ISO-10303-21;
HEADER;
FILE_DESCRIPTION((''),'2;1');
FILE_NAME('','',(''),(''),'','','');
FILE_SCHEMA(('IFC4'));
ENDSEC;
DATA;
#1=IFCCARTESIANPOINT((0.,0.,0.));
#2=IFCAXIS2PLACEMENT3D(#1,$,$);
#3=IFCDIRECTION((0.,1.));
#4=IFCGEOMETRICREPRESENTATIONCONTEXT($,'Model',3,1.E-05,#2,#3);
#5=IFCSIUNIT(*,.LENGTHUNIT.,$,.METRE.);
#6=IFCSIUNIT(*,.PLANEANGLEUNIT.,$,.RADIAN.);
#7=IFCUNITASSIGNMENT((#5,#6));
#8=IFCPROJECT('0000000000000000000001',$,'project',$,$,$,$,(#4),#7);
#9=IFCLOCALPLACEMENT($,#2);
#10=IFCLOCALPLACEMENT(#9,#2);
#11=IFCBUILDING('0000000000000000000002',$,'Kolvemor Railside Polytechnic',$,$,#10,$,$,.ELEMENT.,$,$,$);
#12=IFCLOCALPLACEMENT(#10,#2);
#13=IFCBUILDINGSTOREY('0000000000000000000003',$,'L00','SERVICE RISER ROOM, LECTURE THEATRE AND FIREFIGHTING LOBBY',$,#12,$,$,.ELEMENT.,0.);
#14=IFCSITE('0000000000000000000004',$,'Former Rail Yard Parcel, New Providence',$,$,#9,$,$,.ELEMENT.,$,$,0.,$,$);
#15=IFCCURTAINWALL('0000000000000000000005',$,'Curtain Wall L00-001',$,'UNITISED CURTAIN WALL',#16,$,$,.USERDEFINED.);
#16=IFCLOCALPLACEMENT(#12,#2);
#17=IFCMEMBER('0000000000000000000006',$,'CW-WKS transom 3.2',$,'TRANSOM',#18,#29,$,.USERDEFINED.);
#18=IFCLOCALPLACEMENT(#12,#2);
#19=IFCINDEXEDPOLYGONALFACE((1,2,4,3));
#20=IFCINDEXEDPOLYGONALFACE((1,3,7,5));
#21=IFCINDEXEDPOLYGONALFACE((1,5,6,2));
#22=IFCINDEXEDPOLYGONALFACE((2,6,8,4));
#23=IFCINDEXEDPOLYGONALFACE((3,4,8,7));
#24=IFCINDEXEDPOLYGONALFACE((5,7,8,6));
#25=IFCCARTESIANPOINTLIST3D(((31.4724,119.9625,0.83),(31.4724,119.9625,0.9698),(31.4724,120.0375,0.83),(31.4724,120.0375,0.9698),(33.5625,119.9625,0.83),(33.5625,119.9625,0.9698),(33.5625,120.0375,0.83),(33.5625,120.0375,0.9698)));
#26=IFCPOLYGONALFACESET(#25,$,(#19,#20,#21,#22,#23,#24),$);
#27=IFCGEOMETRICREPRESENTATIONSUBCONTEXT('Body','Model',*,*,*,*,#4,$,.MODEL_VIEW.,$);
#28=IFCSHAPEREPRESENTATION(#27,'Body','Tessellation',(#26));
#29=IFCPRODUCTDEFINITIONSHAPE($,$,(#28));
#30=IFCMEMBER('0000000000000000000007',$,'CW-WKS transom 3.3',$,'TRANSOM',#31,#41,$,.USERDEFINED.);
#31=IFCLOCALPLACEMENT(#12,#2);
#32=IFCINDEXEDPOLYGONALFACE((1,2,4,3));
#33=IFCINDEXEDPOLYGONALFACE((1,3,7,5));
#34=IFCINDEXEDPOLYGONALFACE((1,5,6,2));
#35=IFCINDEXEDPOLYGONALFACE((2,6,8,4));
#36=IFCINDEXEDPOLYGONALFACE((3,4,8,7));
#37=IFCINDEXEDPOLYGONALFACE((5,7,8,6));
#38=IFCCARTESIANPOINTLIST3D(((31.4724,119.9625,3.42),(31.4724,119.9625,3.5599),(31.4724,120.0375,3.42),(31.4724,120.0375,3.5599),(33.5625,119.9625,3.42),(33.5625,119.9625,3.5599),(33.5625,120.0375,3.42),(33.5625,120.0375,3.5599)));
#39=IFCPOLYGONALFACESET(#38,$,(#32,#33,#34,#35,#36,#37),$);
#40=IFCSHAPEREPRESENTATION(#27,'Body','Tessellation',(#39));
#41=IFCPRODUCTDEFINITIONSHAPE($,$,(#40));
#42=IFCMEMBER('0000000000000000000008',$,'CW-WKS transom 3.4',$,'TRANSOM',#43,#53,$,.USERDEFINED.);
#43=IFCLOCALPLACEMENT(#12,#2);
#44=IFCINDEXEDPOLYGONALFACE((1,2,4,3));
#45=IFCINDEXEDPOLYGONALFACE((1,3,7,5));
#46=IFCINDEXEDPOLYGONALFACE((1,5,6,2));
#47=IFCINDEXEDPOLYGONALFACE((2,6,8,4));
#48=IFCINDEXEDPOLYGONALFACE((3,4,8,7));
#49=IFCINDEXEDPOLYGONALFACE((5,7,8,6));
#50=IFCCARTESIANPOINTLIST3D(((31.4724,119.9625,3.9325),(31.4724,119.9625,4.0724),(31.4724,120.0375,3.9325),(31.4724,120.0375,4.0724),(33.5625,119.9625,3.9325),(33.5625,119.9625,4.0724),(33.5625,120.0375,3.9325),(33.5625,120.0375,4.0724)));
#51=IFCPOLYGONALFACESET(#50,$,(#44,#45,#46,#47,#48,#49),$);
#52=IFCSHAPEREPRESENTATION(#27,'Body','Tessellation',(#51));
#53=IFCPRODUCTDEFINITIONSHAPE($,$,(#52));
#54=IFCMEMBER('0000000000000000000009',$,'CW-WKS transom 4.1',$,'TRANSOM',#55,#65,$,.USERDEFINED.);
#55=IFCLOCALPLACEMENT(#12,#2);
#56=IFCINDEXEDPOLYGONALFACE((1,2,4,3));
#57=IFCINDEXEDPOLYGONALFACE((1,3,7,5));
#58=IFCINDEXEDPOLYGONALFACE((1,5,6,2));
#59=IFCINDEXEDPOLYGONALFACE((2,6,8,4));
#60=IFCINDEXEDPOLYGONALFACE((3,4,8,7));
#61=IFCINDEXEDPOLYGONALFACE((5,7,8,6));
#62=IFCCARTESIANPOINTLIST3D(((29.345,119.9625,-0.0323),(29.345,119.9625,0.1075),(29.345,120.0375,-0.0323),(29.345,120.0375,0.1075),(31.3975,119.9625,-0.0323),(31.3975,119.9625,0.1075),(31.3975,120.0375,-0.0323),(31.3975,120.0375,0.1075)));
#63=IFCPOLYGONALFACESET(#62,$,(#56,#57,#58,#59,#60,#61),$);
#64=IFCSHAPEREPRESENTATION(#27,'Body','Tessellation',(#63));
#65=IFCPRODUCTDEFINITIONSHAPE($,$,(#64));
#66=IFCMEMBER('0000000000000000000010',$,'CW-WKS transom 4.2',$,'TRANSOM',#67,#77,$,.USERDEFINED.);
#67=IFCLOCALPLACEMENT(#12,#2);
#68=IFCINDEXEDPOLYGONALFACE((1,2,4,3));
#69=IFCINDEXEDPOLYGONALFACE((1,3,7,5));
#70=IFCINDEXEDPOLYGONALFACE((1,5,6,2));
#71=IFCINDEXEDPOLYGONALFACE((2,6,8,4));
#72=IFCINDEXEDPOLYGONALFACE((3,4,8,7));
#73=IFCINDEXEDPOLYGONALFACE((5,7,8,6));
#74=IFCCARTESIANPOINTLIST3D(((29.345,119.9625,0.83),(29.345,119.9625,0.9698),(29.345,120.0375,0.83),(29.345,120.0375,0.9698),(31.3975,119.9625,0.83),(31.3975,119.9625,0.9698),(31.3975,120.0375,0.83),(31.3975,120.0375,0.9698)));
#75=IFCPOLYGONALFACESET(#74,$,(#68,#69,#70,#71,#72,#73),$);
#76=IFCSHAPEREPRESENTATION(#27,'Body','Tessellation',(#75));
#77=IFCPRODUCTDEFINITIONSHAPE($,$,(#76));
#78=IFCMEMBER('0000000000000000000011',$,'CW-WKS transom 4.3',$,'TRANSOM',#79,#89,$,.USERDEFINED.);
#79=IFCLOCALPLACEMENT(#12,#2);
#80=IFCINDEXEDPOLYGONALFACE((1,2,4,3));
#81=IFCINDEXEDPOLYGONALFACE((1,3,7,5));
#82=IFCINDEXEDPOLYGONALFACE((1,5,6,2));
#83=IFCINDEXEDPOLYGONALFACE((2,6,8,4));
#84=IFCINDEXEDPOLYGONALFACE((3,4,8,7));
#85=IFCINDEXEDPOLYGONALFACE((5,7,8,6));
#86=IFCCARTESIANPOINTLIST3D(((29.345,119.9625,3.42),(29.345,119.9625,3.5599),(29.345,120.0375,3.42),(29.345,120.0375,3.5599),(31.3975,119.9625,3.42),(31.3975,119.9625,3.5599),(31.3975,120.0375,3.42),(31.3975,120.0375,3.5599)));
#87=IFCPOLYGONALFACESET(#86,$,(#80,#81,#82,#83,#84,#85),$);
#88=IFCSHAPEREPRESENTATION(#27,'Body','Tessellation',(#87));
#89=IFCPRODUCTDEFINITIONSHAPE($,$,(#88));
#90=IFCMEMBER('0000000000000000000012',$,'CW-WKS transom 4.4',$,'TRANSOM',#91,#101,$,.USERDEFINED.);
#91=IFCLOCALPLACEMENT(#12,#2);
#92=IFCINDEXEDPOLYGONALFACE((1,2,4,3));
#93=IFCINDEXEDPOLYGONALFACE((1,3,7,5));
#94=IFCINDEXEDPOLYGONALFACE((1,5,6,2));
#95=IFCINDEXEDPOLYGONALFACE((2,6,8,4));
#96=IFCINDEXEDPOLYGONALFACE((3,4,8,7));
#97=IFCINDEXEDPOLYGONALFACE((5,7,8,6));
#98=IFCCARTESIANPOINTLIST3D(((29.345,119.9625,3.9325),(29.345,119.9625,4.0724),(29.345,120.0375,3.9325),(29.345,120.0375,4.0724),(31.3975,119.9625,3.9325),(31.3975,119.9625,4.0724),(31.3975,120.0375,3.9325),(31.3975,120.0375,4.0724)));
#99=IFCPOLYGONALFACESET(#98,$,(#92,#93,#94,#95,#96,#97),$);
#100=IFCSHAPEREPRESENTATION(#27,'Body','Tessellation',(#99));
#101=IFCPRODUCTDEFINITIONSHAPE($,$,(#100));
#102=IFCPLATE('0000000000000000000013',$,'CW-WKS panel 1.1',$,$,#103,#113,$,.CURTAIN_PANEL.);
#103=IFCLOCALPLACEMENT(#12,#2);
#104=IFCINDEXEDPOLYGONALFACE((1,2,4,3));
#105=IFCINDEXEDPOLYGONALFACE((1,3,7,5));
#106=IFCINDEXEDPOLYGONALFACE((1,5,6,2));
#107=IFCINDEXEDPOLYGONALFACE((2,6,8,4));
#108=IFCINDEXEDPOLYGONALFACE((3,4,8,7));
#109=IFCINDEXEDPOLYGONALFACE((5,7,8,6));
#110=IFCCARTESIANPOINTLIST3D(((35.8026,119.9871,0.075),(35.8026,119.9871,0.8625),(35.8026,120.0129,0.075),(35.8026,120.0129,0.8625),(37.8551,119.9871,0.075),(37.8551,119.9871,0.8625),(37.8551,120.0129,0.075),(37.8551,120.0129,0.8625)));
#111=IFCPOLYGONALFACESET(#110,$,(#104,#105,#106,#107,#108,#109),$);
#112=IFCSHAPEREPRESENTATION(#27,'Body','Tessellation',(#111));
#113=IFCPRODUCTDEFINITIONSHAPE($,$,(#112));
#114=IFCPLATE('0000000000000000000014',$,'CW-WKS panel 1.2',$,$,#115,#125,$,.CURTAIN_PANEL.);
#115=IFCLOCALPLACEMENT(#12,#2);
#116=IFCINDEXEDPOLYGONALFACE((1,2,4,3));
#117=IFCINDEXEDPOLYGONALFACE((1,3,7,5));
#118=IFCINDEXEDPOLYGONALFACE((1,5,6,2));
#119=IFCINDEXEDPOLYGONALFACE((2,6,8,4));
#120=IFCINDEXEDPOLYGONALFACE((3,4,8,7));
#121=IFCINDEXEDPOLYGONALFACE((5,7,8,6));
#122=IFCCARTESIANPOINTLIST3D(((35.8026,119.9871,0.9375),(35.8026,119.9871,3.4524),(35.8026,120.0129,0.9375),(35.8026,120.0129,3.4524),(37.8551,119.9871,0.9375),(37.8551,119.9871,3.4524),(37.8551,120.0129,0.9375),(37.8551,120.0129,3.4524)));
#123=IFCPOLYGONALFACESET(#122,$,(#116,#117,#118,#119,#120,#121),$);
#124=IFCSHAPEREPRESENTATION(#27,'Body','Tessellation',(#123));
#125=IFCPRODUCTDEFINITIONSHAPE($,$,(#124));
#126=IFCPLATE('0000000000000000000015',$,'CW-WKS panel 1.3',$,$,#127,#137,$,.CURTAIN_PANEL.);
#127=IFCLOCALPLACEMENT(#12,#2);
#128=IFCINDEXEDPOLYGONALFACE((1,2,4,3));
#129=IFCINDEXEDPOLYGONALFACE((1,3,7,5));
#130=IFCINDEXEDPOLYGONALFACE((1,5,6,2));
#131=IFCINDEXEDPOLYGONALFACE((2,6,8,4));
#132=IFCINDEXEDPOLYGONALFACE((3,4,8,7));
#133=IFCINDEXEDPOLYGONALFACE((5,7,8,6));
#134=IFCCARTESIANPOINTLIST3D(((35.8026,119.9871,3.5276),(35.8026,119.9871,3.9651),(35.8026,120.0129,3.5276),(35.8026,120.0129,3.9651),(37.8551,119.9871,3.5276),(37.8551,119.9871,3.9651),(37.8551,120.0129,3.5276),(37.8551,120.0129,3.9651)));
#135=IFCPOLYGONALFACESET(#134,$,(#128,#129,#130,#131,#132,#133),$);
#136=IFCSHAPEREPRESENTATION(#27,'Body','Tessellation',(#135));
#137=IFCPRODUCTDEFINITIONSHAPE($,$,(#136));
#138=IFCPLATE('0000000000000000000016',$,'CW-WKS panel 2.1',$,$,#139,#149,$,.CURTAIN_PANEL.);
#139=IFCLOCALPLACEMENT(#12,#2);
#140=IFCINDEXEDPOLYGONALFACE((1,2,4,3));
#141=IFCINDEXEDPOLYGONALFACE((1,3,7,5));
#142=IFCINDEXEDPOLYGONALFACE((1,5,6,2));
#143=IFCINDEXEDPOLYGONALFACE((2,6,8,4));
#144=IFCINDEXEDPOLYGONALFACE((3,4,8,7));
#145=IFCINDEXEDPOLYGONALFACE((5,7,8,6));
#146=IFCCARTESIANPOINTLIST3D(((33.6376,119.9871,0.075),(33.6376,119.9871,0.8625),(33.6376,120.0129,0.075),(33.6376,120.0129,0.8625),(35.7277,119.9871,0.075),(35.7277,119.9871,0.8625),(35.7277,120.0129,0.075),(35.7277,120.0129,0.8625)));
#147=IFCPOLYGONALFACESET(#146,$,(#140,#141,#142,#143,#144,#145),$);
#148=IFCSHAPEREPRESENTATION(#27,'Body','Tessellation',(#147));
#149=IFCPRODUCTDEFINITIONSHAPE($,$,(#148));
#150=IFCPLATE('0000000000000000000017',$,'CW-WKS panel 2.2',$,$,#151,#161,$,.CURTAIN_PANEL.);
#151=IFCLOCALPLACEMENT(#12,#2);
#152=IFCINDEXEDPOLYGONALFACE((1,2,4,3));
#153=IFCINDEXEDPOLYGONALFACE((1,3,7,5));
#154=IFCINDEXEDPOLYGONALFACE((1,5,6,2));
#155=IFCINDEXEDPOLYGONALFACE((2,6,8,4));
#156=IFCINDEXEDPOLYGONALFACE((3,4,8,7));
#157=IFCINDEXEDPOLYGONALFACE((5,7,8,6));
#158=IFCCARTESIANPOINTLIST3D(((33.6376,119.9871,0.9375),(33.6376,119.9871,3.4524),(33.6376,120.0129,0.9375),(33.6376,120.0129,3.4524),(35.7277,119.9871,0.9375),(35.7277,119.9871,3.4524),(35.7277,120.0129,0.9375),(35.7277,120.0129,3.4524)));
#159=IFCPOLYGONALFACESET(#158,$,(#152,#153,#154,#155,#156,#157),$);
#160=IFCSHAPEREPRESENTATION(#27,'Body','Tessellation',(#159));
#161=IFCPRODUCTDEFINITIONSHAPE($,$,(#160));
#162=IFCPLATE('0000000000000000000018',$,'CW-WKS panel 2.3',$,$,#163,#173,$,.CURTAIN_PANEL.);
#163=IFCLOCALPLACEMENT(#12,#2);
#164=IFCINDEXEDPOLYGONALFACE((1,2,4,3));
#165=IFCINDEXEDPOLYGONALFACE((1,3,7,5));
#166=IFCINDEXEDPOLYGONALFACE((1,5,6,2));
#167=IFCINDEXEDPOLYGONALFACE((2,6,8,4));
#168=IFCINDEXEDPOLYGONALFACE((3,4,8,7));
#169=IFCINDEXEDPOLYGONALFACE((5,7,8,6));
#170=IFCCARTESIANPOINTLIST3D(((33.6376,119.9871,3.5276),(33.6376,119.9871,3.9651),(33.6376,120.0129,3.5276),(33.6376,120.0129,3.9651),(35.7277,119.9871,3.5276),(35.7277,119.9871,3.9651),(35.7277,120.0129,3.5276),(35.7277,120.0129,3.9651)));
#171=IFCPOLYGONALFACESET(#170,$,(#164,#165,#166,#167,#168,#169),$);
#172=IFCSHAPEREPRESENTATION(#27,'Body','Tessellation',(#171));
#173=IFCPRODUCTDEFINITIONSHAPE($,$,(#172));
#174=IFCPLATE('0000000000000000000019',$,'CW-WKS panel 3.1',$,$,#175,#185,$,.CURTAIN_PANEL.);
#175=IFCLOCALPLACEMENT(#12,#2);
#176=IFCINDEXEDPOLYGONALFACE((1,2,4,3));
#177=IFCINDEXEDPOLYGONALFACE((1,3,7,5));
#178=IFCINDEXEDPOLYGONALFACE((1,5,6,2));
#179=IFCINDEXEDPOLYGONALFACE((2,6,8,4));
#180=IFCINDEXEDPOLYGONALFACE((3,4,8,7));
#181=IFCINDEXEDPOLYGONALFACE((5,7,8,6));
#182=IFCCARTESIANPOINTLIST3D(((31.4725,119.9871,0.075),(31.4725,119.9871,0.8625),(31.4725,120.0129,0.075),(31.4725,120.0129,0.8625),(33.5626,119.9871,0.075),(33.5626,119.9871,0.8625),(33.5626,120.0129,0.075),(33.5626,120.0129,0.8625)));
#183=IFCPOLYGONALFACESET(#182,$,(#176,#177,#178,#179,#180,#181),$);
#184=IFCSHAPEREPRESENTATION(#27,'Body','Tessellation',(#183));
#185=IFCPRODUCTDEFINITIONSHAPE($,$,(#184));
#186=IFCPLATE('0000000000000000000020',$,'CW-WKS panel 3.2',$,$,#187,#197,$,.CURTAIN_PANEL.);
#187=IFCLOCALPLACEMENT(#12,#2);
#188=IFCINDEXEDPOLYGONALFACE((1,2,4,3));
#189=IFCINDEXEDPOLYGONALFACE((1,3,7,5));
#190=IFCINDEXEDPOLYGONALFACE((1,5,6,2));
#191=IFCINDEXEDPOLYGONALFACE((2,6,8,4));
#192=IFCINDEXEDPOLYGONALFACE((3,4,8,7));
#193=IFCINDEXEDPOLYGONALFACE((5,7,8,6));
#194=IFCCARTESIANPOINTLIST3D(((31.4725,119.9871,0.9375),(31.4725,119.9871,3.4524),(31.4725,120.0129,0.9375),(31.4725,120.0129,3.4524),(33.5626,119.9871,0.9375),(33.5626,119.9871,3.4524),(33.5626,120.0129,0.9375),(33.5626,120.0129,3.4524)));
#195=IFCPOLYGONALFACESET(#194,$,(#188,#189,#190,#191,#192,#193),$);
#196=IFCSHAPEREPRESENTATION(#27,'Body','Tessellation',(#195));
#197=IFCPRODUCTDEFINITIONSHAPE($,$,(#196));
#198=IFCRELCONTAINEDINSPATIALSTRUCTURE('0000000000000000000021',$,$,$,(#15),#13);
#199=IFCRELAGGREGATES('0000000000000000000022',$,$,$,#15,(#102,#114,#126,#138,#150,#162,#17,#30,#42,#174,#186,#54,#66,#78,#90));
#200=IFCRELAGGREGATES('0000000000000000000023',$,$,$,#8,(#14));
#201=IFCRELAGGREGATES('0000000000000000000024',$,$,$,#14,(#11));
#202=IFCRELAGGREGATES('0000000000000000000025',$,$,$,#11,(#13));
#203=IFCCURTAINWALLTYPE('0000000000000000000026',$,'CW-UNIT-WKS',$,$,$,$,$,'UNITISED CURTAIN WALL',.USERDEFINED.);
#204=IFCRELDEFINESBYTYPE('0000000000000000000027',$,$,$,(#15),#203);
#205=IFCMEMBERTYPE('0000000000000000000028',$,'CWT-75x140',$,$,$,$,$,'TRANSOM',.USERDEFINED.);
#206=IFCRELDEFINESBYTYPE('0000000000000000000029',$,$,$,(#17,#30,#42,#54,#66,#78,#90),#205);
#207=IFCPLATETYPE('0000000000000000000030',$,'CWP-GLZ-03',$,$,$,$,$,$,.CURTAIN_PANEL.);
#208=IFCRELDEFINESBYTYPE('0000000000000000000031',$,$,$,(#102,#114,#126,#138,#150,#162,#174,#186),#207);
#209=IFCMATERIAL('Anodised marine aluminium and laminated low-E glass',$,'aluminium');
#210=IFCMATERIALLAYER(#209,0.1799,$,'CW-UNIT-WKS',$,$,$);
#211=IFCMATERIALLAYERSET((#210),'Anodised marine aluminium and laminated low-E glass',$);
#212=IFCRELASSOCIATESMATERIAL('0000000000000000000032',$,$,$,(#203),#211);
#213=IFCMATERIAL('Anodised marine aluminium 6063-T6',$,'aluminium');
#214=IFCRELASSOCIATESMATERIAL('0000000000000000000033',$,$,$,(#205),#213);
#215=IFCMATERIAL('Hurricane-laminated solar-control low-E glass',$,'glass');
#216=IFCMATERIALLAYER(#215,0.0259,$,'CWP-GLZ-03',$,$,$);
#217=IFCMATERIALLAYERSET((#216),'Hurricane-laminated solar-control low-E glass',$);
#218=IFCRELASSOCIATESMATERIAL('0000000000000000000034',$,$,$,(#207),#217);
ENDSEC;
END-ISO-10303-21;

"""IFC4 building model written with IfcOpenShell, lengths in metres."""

from ifc_helpers import new_model, si_unit, direction, frame, origin, origin_2d, place, context, subcontext, project, spatial, rectangle, extrude, material, layer, layer_set, material_profile, profile_set, type_object, element, aggregate, save


model = new_model("IFC4")

# Units and contexts
model_context = context("Model", 3, precision=1e-05, world=origin(), true_north=direction((0.0, 1.0)))
body_context = subcontext(model_context, "Body", "Model", "MODEL_VIEW")
ifc_project = project(units=[si_unit("LENGTHUNIT", "METRE"), si_unit("PLANEANGLEUNIT", "RADIAN")], contexts=[model_context])

# Site, building, storey
site_placement = place(None, origin())
site = spatial("IfcSite", under=ifc_project, at=site_placement, Name="Former Rail Yard Parcel, New Providence", CompositionType="ELEMENT", RefElevation=0.0)
building_placement = place(site_placement, origin())
building = spatial("IfcBuilding", under=site, at=building_placement, Name="Kolvemor Railside Polytechnic", CompositionType="ELEMENT")
storey_placement = place(building_placement, origin())
storey = spatial("IfcBuildingStorey", under=building, at=storey_placement, Name="L00", Description="SERVICE RISER ROOM, LECTURE THEATRE AND FIREFIGHTING LOBBY", CompositionType="ELEMENT", Elevation=0.0)

# Curtain wall, members, plates
ifc_material_1 = material(Name="Anodised marine aluminium and laminated low-E glass", Category="aluminium")
ifc_layer_1 = layer(ifc_material_1, 0.1799, Name="CW-UNIT-WKS")
ifc_layer_set_1 = layer_set([ifc_layer_1], Name="Anodised marine aluminium and laminated low-E glass")
curtain_wall_type = type_object("IfcCurtainWallType", Name="CW-UNIT-WKS", ElementType="UNITISED CURTAIN WALL", PredefinedType="USERDEFINED", material=ifc_layer_set_1)
curtain_wall_placement = place(storey_placement, origin())
curtain_wall = element("IfcCurtainWall", 1, at=curtain_wall_placement, inside=storey, type_object=curtain_wall_type, Name="Curtain Wall L00-001", ObjectType="UNITISED CURTAIN WALL", PredefinedType="USERDEFINED")
ifc_material_2 = material(Name="Anodised marine aluminium 6063-T6", Category="aluminium")
ifc_material_profile_1 = material_profile(ifc_material_2, rectangle(XDim=0.075, YDim=0.1399, at=origin_2d()), Name="CW-TRN-75x140")
ifc_profile_set_1 = profile_set([ifc_material_profile_1], Name="Anodised marine aluminium 6063-T6")
member_type_1 = type_object("IfcMemberType", Name="CWT-75x140", ElementType="TRANSOM", PredefinedType="USERDEFINED", material=ifc_profile_set_1)
member_1_placement = place(storey_placement, frame((33.5625, 120.0, 0.8999), z_axis=(-1.0, 0.0, 0.0), x_axis=(0.0, -1.0, 0.0)))
member_1 = element("IfcMember", 2, at=member_1_placement, type_object=member_type_1, Name="CW-WKS transom 3.2", ObjectType="TRANSOM", PredefinedType="USERDEFINED", context=body_context, shape_type="SweptSolid", body=[
    extrude(rectangle(XDim=0.075, YDim=0.1399, at=origin_2d()), origin(), (0.0, 0.0, 1.0), 2.0901),
])
member_2_placement = place(storey_placement, frame((33.5625, 120.0, 3.49), z_axis=(-1.0, 0.0, 0.0), x_axis=(0.0, -1.0, 0.0)))
member_2 = element("IfcMember", 3, at=member_2_placement, type_object=member_type_1, Name="CW-WKS transom 3.3", ObjectType="TRANSOM", PredefinedType="USERDEFINED", context=body_context, shape_type="SweptSolid", body=[
    extrude(rectangle(XDim=0.075, YDim=0.1399, at=origin_2d()), origin(), (0.0, 0.0, 1.0), 2.0901),
])
member_3_placement = place(storey_placement, frame((33.5625, 120.0, 4.0024), z_axis=(-1.0, 0.0, 0.0), x_axis=(0.0, -1.0, 0.0)))
member_3 = element("IfcMember", 4, at=member_3_placement, type_object=member_type_1, Name="CW-WKS transom 3.4", ObjectType="TRANSOM", PredefinedType="USERDEFINED", context=body_context, shape_type="SweptSolid", body=[
    extrude(rectangle(XDim=0.075, YDim=0.1399, at=origin_2d()), origin(), (0.0, 0.0, 1.0), 2.0901),
])
member_4_placement = place(storey_placement, frame((31.3975, 120.0, 0.0376), z_axis=(-1.0, 0.0, 0.0), x_axis=(0.0, -1.0, 0.0)))
member_4 = element("IfcMember", 5, at=member_4_placement, type_object=member_type_1, Name="CW-WKS transom 4.1", ObjectType="TRANSOM", PredefinedType="USERDEFINED", context=body_context, shape_type="SweptSolid", body=[
    extrude(rectangle(XDim=0.075, YDim=0.1399, at=origin_2d()), origin(), (0.0, 0.0, 1.0), 2.0525),
])
member_5_placement = place(storey_placement, frame((31.3975, 120.0, 0.8999), z_axis=(-1.0, 0.0, 0.0), x_axis=(0.0, -1.0, 0.0)))
member_5 = element("IfcMember", 6, at=member_5_placement, type_object=member_type_1, Name="CW-WKS transom 4.2", ObjectType="TRANSOM", PredefinedType="USERDEFINED", context=body_context, shape_type="SweptSolid", body=[
    extrude(rectangle(XDim=0.075, YDim=0.1399, at=origin_2d()), origin(), (0.0, 0.0, 1.0), 2.0525),
])
member_6_placement = place(storey_placement, frame((31.3975, 120.0, 3.49), z_axis=(-1.0, 0.0, 0.0), x_axis=(0.0, -1.0, 0.0)))
member_6 = element("IfcMember", 7, at=member_6_placement, type_object=member_type_1, Name="CW-WKS transom 4.3", ObjectType="TRANSOM", PredefinedType="USERDEFINED", context=body_context, shape_type="SweptSolid", body=[
    extrude(rectangle(XDim=0.075, YDim=0.1399, at=origin_2d()), origin(), (0.0, 0.0, 1.0), 2.0525),
])
member_7_placement = place(storey_placement, frame((31.3975, 120.0, 4.0024), z_axis=(-1.0, 0.0, 0.0), x_axis=(0.0, -1.0, 0.0)))
member_7 = element("IfcMember", 8, at=member_7_placement, type_object=member_type_1, Name="CW-WKS transom 4.4", ObjectType="TRANSOM", PredefinedType="USERDEFINED", context=body_context, shape_type="SweptSolid", body=[
    extrude(rectangle(XDim=0.075, YDim=0.1399, at=origin_2d()), origin(), (0.0, 0.0, 1.0), 2.0525),
])
ifc_material_3 = material(Name="Hurricane-laminated solar-control low-E glass", Category="glass")
ifc_layer_2 = layer(ifc_material_3, 0.0259, Name="CWP-GLZ-03")
ifc_layer_set_2 = layer_set([ifc_layer_2], Name="Hurricane-laminated solar-control low-E glass")
plate_type = type_object("IfcPlateType", Name="CWP-GLZ-03", PredefinedType="CURTAIN_PANEL", material=ifc_layer_set_2)
plate_1_placement = place(storey_placement, frame((36.8289, 120.0, 0.075), z_axis=(0.0, 0.0, 1.0), x_axis=(-1.0, 0.0, 0.0)))
plate_1 = element("IfcPlate", 9, at=plate_1_placement, type_object=plate_type, Name="CW-WKS panel 1.1", PredefinedType="CURTAIN_PANEL", context=body_context, shape_type="SweptSolid", body=[
    extrude(rectangle(XDim=2.0525, YDim=0.0259, at=origin_2d()), origin(), (0.0, 0.0, 1.0), 0.7876),
])
plate_2_placement = place(storey_placement, frame((36.8289, 120.0, 0.9375), z_axis=(0.0, 0.0, 1.0), x_axis=(-1.0, 0.0, 0.0)))
plate_2 = element("IfcPlate", 10, at=plate_2_placement, type_object=plate_type, Name="CW-WKS panel 1.2", PredefinedType="CURTAIN_PANEL", context=body_context, shape_type="SweptSolid", body=[
    extrude(rectangle(XDim=2.0525, YDim=0.0259, at=origin_2d()), origin(), (0.0, 0.0, 1.0), 2.5149),
])
plate_3_placement = place(storey_placement, frame((36.8289, 120.0, 3.5276), z_axis=(0.0, 0.0, 1.0), x_axis=(-1.0, 0.0, 0.0)))
plate_3 = element("IfcPlate", 11, at=plate_3_placement, type_object=plate_type, Name="CW-WKS panel 1.3", PredefinedType="CURTAIN_PANEL", context=body_context, shape_type="SweptSolid", body=[
    extrude(rectangle(XDim=2.0525, YDim=0.0259, at=origin_2d()), origin(), (0.0, 0.0, 1.0), 0.4375),
])
plate_4_placement = place(storey_placement, frame((34.6826, 120.0, 0.075), z_axis=(0.0, 0.0, 1.0), x_axis=(-1.0, 0.0, 0.0)))
plate_4 = element("IfcPlate", 12, at=plate_4_placement, type_object=plate_type, Name="CW-WKS panel 2.1", PredefinedType="CURTAIN_PANEL", context=body_context, shape_type="SweptSolid", body=[
    extrude(rectangle(XDim=2.0901, YDim=0.0259, at=origin_2d()), origin(), (0.0, 0.0, 1.0), 0.7876),
])
plate_5_placement = place(storey_placement, frame((34.6826, 120.0, 0.9375), z_axis=(0.0, 0.0, 1.0), x_axis=(-1.0, 0.0, 0.0)))
plate_5 = element("IfcPlate", 13, at=plate_5_placement, type_object=plate_type, Name="CW-WKS panel 2.2", PredefinedType="CURTAIN_PANEL", context=body_context, shape_type="SweptSolid", body=[
    extrude(rectangle(XDim=2.0901, YDim=0.0259, at=origin_2d()), origin(), (0.0, 0.0, 1.0), 2.5149),
])
plate_6_placement = place(storey_placement, frame((34.6826, 120.0, 3.5276), z_axis=(0.0, 0.0, 1.0), x_axis=(-1.0, 0.0, 0.0)))
plate_6 = element("IfcPlate", 14, at=plate_6_placement, type_object=plate_type, Name="CW-WKS panel 2.3", PredefinedType="CURTAIN_PANEL", context=body_context, shape_type="SweptSolid", body=[
    extrude(rectangle(XDim=2.0901, YDim=0.0259, at=origin_2d()), origin(), (0.0, 0.0, 1.0), 0.4375),
])
plate_7_placement = place(storey_placement, frame((32.5176, 120.0, 0.075), z_axis=(0.0, 0.0, 1.0), x_axis=(-1.0, 0.0, 0.0)))
plate_7 = element("IfcPlate", 15, at=plate_7_placement, type_object=plate_type, Name="CW-WKS panel 3.1", PredefinedType="CURTAIN_PANEL", context=body_context, shape_type="SweptSolid", body=[
    extrude(rectangle(XDim=2.0901, YDim=0.0259, at=origin_2d()), origin(), (0.0, 0.0, 1.0), 0.7876),
])
plate_8_placement = place(storey_placement, frame((32.5176, 120.0, 0.9375), z_axis=(0.0, 0.0, 1.0), x_axis=(-1.0, 0.0, 0.0)))
plate_8 = element("IfcPlate", 16, at=plate_8_placement, type_object=plate_type, Name="CW-WKS panel 3.2", PredefinedType="CURTAIN_PANEL", context=body_context, shape_type="SweptSolid", body=[
    extrude(rectangle(XDim=2.0901, YDim=0.0259, at=origin_2d()), origin(), (0.0, 0.0, 1.0), 2.5149),
])
aggregate(curtain_wall, [plate_1, plate_2, plate_3, plate_4, plate_5, plate_6, member_1, member_2, member_3, plate_7, plate_8, member_4, member_5, member_6, member_7])

save(model, "model.ifc")
